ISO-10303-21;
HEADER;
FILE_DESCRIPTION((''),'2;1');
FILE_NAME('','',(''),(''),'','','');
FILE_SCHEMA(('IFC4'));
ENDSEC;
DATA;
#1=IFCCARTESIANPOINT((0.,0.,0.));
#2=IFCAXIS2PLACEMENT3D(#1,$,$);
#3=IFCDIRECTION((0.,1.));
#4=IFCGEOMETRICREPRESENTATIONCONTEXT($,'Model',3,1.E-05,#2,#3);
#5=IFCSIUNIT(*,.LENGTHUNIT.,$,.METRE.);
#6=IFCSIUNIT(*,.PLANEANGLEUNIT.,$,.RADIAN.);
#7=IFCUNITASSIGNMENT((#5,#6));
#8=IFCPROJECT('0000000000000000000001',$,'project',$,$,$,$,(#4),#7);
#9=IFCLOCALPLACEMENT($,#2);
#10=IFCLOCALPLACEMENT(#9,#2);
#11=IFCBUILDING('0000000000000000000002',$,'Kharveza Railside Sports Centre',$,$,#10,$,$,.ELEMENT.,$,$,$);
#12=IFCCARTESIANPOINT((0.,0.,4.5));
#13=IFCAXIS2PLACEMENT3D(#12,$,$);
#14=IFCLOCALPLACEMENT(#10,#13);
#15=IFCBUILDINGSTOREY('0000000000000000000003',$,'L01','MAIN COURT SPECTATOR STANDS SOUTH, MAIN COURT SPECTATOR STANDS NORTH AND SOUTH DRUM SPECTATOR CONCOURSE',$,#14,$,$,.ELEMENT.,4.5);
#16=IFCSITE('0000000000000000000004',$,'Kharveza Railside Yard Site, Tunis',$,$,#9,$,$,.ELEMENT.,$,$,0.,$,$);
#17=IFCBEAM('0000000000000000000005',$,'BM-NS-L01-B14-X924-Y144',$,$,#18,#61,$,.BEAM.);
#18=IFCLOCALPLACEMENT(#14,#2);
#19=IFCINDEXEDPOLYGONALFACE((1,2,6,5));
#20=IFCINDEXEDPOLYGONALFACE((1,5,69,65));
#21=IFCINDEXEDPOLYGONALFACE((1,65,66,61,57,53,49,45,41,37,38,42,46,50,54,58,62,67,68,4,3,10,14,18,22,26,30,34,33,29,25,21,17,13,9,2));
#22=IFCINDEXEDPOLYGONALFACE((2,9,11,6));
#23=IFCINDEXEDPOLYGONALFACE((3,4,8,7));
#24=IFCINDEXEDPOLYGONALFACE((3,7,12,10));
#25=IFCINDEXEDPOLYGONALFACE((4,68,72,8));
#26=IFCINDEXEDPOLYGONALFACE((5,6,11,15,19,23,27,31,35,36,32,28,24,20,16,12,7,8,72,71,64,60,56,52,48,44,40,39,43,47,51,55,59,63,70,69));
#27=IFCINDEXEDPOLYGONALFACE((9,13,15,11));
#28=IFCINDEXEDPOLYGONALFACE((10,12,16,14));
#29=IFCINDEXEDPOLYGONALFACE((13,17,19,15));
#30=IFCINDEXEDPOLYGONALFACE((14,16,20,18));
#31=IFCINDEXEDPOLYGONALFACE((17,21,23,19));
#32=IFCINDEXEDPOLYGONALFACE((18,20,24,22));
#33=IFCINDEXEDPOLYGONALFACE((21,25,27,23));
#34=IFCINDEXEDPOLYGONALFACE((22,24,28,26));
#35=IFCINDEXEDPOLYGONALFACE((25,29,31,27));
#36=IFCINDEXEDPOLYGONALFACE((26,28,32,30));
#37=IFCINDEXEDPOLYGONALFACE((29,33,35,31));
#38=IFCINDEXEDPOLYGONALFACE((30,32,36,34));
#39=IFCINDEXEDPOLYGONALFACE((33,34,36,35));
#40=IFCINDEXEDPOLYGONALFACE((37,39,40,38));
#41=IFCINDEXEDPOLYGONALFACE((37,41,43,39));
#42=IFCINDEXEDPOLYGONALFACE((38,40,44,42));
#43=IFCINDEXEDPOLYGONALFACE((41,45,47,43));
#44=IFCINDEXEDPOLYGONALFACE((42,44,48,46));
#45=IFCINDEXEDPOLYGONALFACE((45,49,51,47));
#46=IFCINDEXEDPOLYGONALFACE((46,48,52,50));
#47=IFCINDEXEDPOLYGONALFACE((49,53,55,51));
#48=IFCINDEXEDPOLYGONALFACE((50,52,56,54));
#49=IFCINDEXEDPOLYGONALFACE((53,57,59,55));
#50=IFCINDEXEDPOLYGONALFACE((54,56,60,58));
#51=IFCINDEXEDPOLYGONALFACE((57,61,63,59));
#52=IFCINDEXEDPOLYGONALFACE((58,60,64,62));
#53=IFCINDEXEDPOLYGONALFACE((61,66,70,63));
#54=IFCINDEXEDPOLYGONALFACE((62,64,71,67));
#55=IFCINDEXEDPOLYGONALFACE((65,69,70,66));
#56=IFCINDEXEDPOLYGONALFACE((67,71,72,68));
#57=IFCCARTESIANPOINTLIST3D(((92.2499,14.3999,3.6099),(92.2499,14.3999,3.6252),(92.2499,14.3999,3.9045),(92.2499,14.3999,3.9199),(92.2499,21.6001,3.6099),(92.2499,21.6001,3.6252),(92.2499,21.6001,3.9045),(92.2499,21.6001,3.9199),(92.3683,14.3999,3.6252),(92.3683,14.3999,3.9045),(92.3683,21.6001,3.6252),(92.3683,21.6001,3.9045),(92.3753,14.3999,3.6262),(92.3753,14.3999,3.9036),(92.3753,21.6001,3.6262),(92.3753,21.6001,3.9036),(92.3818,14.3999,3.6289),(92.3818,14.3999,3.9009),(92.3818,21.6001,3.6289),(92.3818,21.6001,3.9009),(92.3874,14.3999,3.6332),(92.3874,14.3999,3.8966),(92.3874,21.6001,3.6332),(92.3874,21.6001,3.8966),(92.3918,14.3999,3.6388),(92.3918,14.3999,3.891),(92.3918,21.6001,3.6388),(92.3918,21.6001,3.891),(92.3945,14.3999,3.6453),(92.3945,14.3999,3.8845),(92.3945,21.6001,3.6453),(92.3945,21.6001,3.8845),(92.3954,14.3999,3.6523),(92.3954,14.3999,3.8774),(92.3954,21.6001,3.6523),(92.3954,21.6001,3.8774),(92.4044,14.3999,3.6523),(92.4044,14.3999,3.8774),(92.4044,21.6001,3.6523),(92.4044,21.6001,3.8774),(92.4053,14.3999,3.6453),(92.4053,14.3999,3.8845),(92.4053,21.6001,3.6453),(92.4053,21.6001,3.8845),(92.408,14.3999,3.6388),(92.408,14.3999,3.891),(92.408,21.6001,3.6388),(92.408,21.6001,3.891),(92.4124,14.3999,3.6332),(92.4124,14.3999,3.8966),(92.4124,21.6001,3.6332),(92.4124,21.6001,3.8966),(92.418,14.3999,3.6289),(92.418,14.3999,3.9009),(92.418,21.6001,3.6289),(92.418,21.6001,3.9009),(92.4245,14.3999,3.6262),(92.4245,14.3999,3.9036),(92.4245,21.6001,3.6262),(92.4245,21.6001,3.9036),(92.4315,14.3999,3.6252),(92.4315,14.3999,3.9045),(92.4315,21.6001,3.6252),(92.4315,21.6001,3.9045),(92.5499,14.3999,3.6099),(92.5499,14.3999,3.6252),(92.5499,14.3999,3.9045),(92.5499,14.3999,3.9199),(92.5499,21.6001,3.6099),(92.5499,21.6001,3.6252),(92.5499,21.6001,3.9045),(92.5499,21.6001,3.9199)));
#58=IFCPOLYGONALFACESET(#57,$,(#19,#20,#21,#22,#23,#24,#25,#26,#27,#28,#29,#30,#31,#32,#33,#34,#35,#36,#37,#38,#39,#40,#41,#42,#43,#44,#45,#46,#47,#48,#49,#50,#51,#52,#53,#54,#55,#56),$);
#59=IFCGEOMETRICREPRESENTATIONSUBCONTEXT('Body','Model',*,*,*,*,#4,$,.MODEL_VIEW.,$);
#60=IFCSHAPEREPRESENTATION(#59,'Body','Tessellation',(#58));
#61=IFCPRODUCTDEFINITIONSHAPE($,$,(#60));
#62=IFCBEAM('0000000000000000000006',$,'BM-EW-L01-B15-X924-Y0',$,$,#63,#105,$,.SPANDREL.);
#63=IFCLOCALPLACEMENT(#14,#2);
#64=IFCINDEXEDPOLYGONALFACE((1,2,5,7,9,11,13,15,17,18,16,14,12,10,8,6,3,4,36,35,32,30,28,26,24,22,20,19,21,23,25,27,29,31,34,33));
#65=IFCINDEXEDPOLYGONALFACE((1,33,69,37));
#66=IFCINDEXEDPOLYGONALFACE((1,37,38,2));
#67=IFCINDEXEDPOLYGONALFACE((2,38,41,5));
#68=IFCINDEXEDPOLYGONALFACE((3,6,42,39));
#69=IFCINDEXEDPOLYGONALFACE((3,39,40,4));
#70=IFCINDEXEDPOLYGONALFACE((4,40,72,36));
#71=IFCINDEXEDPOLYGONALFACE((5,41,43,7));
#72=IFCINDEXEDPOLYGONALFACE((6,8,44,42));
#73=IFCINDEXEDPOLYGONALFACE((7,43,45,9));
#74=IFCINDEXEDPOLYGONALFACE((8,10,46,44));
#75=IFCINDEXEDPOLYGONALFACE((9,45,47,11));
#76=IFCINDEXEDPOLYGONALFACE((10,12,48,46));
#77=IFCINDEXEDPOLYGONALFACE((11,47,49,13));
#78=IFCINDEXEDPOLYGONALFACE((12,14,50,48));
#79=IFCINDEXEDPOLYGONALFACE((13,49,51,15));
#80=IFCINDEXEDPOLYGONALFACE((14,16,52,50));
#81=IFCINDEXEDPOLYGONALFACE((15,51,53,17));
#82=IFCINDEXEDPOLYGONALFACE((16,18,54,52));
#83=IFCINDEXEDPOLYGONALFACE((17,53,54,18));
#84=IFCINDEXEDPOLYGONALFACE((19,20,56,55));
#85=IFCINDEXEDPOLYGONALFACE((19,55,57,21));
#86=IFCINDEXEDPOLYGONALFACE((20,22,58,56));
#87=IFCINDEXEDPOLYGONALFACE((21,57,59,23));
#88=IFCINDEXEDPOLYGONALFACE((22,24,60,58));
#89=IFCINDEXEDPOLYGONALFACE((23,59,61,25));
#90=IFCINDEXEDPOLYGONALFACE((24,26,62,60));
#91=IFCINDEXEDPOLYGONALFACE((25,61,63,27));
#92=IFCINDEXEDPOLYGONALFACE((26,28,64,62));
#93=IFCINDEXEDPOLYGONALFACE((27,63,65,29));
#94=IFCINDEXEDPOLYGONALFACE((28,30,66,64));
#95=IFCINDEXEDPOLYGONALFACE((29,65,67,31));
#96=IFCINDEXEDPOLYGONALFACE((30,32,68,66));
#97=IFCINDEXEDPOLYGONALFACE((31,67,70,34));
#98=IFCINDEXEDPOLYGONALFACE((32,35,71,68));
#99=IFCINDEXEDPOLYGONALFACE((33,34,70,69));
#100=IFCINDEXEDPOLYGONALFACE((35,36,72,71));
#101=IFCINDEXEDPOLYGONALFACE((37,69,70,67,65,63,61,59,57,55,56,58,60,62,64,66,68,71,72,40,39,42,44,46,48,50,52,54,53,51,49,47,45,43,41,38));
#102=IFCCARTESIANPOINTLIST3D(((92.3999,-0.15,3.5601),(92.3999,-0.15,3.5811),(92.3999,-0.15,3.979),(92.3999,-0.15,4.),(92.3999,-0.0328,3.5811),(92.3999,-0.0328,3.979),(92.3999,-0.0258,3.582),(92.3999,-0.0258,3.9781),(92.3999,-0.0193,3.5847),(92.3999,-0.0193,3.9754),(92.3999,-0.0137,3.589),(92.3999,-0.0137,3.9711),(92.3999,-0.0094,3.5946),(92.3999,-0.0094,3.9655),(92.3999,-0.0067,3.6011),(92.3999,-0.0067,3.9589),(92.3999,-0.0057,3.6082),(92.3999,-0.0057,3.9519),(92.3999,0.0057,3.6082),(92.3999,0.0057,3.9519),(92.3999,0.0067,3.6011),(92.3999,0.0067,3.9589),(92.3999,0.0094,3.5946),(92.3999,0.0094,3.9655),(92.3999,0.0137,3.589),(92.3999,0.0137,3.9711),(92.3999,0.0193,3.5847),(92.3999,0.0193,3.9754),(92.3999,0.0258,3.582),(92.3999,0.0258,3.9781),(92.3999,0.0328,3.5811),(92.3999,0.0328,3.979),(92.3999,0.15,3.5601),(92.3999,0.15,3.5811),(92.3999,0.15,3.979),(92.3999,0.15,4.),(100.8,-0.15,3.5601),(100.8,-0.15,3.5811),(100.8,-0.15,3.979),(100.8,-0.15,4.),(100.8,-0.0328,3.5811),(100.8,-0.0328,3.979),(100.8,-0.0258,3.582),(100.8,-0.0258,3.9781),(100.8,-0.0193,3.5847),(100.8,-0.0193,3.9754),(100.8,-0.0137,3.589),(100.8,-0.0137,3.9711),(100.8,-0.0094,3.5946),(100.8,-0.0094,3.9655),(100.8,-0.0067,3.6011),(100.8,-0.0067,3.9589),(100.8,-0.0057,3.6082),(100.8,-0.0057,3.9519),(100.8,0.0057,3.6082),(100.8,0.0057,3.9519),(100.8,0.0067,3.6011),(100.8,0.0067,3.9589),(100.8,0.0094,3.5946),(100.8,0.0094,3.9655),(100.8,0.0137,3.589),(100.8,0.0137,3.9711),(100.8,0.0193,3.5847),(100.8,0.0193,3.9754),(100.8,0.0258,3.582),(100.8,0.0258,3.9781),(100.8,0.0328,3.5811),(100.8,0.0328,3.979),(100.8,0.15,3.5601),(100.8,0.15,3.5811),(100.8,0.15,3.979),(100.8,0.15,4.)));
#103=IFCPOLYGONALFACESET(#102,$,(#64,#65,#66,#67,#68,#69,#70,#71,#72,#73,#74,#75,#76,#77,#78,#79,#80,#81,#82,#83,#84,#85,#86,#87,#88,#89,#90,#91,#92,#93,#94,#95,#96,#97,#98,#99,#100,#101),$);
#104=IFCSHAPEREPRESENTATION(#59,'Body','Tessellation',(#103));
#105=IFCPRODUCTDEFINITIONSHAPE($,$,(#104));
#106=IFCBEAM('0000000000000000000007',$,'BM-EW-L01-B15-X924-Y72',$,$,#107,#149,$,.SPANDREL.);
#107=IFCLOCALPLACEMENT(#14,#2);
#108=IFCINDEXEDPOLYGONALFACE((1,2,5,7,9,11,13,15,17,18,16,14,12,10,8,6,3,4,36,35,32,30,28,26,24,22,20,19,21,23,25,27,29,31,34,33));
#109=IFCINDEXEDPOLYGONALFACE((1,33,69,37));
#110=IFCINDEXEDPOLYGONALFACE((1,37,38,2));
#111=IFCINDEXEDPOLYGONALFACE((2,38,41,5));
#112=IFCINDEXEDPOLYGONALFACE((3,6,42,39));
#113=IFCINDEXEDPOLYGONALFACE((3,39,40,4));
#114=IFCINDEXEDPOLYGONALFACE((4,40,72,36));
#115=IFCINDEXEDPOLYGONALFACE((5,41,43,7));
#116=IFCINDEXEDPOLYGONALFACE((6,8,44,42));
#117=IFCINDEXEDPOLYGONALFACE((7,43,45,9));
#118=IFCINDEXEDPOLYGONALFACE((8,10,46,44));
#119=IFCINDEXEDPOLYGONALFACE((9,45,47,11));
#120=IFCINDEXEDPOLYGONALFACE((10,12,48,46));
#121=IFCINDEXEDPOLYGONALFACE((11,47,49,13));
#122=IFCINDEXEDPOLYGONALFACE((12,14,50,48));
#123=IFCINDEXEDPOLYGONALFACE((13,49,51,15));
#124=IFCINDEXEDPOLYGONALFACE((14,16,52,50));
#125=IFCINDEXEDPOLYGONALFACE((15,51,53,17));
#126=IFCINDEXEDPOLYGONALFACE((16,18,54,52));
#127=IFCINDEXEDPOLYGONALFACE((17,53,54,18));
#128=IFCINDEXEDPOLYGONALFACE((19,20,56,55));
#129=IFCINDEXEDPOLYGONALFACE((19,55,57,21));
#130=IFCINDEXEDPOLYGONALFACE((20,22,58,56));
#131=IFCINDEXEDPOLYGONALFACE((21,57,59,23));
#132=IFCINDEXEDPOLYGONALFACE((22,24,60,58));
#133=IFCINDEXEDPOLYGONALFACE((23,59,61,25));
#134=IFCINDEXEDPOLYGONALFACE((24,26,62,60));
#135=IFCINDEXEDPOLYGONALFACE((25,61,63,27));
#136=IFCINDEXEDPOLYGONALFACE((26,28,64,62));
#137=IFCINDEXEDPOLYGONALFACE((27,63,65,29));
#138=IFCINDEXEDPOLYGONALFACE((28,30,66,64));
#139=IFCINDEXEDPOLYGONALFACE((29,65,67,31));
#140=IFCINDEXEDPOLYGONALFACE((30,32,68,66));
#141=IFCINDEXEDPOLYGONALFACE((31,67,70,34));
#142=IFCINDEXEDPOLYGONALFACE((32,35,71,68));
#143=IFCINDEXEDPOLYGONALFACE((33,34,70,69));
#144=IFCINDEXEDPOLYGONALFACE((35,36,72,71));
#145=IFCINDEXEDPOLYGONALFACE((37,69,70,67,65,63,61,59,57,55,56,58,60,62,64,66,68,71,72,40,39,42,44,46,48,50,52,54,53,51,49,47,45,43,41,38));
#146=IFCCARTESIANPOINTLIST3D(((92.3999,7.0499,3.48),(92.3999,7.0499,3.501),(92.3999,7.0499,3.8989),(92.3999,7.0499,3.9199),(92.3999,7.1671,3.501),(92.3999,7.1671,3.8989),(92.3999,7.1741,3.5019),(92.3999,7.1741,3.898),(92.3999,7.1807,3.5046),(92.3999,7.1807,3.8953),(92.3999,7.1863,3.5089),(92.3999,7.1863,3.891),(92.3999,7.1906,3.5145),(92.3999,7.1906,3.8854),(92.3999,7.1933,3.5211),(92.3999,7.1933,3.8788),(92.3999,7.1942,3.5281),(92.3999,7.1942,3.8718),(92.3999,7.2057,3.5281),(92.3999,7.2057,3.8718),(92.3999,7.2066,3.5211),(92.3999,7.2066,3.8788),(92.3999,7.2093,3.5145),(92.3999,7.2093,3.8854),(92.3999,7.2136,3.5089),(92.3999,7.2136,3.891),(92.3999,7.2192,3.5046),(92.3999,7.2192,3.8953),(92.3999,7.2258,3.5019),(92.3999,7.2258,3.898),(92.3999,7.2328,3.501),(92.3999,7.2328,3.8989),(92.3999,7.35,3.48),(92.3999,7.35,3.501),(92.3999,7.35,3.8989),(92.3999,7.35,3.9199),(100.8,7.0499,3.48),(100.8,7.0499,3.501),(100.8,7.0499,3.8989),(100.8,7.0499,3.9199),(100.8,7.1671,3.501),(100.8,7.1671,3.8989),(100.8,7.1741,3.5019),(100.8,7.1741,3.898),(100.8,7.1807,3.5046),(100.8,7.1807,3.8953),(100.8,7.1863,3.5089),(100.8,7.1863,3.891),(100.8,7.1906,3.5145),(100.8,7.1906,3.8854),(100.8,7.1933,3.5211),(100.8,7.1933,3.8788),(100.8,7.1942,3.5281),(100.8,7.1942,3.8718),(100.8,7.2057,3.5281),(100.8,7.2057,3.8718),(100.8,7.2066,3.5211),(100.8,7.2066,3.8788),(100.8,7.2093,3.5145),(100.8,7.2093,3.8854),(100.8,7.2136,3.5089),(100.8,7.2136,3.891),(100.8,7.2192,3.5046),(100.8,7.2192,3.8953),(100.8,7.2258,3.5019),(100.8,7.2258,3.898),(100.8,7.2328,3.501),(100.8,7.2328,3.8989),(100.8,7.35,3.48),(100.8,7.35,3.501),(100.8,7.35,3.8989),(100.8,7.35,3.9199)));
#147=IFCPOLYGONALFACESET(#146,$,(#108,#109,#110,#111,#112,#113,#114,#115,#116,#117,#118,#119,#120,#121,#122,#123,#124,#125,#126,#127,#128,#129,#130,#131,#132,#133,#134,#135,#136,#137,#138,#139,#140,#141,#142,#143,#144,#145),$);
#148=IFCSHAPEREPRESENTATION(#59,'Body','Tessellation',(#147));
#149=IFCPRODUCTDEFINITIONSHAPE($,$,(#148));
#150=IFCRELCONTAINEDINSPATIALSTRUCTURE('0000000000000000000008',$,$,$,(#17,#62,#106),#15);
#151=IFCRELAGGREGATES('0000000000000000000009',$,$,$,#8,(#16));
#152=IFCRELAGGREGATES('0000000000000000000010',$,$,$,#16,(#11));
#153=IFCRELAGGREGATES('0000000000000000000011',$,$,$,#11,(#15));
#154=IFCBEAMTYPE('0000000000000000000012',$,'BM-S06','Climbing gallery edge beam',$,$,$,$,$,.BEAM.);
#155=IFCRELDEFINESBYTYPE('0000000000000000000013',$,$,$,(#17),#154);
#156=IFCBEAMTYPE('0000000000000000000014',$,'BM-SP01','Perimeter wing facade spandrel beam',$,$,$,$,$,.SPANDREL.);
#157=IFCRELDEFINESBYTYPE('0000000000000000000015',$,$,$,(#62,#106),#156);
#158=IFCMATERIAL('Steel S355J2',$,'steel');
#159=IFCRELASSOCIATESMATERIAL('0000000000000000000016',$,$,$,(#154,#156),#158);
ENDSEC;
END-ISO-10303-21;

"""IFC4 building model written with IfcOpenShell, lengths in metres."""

from ifc_helpers import new_model, si_unit, direction, frame, origin, origin_2d, place, context, subcontext, project, spatial, i_section, extrude, material, material_profile, profile_set, type_object, element, save


model = new_model("IFC4")

# Units and contexts
model_context = context("Model", 3, precision=1e-05, world=origin(), true_north=direction((0.0, 1.0)))
body_context = subcontext(model_context, "Body", "Model", "MODEL_VIEW")
ifc_project = project(units=[si_unit("LENGTHUNIT", "METRE"), si_unit("PLANEANGLEUNIT", "RADIAN")], contexts=[model_context])

# Site, building, storey
site_placement = place(None, origin())
site = spatial("IfcSite", under=ifc_project, at=site_placement, Name="Kharveza Railside Yard Site, Tunis", CompositionType="ELEMENT", RefElevation=0.0)
building_placement = place(site_placement, origin())
building = spatial("IfcBuilding", under=site, at=building_placement, Name="Kharveza Railside Sports Centre", CompositionType="ELEMENT")
storey_placement = place(building_placement, frame((0.0, 0.0, 4.5)))
storey = spatial("IfcBuildingStorey", under=building, at=storey_placement, Name="L01", Description="MAIN COURT SPECTATOR STANDS SOUTH, MAIN COURT SPECTATOR STANDS NORTH AND SOUTH DRUM SPECTATOR CONCOURSE", CompositionType="ELEMENT", Elevation=4.5)

# Shared definitions
ifc_material_1 = material(Name="Steel S355J2", Category="steel")

# Beams
ifc_material_profile_1 = material_profile(ifc_material_1, i_section(OverallWidth=0.3, OverallDepth=0.3101, WebThickness=0.009, FlangeThickness=0.0154, FilletRadius=0.0271, at=origin_2d()), Name="HEA 320")
ifc_profile_set_1 = profile_set([ifc_material_profile_1], Name="Steel S355J2")
beam_type_1 = type_object("IfcBeamType", Name="BM-S06", Description="Climbing gallery edge beam", PredefinedType="BEAM", material=ifc_profile_set_1)
beam_1_placement = place(storey_placement, frame((92.3999, 14.3999, 3.7649), z_axis=(0.0, 1.0, 0.0), x_axis=(-1.0, 0.0, 0.0)))
element("IfcBeam", 1, at=beam_1_placement, inside=storey, type_object=beam_type_1, Name="BM-NS-L01-B14-X924-Y144", PredefinedType="BEAM", context=body_context, shape_type="SweptSolid", body=[
    extrude(i_section(OverallWidth=0.3, OverallDepth=0.3101, WebThickness=0.009, FlangeThickness=0.0154, FilletRadius=0.0271, at=origin_2d()), origin(), (0.0, 0.0, 1.0), 7.2002),
])
ifc_material_profile_2 = material_profile(ifc_material_1, i_section(OverallWidth=0.3, OverallDepth=0.4399, WebThickness=0.0115, FlangeThickness=0.021, FilletRadius=0.0271, at=origin_2d()), Name="HEA 450")
ifc_profile_set_2 = profile_set([ifc_material_profile_2], Name="Steel S355J2")
beam_type_2 = type_object("IfcBeamType", Name="BM-SP01", Description="Perimeter wing facade spandrel beam", PredefinedType="SPANDREL", material=ifc_profile_set_2)
for number, where, z_axis, x_axis, name in (
    (2, (92.3999, 0.0, 3.78), (1.0, 0.0, 0.0), (0.0, 1.0, 0.0), "BM-EW-L01-B15-X924-Y0"),
    (3, (92.3999, 7.2, 3.7), (1.0, 0.0, 0.0), (0.0, 1.0, 0.0), "BM-EW-L01-B15-X924-Y72"),
):
    element("IfcBeam", number, at=place(storey_placement, frame(where, z_axis=z_axis, x_axis=x_axis)), inside=storey, type_object=beam_type_2, Name=name, PredefinedType="SPANDREL", context=body_context, shape_type="SweptSolid", body=[
        extrude(i_section(OverallWidth=0.3, OverallDepth=0.4399, WebThickness=0.0115, FlangeThickness=0.021, FilletRadius=0.0271, at=origin_2d()), origin(), (0.0, 0.0, 1.0), 8.4001),
    ])

save(model, "model.ifc")
